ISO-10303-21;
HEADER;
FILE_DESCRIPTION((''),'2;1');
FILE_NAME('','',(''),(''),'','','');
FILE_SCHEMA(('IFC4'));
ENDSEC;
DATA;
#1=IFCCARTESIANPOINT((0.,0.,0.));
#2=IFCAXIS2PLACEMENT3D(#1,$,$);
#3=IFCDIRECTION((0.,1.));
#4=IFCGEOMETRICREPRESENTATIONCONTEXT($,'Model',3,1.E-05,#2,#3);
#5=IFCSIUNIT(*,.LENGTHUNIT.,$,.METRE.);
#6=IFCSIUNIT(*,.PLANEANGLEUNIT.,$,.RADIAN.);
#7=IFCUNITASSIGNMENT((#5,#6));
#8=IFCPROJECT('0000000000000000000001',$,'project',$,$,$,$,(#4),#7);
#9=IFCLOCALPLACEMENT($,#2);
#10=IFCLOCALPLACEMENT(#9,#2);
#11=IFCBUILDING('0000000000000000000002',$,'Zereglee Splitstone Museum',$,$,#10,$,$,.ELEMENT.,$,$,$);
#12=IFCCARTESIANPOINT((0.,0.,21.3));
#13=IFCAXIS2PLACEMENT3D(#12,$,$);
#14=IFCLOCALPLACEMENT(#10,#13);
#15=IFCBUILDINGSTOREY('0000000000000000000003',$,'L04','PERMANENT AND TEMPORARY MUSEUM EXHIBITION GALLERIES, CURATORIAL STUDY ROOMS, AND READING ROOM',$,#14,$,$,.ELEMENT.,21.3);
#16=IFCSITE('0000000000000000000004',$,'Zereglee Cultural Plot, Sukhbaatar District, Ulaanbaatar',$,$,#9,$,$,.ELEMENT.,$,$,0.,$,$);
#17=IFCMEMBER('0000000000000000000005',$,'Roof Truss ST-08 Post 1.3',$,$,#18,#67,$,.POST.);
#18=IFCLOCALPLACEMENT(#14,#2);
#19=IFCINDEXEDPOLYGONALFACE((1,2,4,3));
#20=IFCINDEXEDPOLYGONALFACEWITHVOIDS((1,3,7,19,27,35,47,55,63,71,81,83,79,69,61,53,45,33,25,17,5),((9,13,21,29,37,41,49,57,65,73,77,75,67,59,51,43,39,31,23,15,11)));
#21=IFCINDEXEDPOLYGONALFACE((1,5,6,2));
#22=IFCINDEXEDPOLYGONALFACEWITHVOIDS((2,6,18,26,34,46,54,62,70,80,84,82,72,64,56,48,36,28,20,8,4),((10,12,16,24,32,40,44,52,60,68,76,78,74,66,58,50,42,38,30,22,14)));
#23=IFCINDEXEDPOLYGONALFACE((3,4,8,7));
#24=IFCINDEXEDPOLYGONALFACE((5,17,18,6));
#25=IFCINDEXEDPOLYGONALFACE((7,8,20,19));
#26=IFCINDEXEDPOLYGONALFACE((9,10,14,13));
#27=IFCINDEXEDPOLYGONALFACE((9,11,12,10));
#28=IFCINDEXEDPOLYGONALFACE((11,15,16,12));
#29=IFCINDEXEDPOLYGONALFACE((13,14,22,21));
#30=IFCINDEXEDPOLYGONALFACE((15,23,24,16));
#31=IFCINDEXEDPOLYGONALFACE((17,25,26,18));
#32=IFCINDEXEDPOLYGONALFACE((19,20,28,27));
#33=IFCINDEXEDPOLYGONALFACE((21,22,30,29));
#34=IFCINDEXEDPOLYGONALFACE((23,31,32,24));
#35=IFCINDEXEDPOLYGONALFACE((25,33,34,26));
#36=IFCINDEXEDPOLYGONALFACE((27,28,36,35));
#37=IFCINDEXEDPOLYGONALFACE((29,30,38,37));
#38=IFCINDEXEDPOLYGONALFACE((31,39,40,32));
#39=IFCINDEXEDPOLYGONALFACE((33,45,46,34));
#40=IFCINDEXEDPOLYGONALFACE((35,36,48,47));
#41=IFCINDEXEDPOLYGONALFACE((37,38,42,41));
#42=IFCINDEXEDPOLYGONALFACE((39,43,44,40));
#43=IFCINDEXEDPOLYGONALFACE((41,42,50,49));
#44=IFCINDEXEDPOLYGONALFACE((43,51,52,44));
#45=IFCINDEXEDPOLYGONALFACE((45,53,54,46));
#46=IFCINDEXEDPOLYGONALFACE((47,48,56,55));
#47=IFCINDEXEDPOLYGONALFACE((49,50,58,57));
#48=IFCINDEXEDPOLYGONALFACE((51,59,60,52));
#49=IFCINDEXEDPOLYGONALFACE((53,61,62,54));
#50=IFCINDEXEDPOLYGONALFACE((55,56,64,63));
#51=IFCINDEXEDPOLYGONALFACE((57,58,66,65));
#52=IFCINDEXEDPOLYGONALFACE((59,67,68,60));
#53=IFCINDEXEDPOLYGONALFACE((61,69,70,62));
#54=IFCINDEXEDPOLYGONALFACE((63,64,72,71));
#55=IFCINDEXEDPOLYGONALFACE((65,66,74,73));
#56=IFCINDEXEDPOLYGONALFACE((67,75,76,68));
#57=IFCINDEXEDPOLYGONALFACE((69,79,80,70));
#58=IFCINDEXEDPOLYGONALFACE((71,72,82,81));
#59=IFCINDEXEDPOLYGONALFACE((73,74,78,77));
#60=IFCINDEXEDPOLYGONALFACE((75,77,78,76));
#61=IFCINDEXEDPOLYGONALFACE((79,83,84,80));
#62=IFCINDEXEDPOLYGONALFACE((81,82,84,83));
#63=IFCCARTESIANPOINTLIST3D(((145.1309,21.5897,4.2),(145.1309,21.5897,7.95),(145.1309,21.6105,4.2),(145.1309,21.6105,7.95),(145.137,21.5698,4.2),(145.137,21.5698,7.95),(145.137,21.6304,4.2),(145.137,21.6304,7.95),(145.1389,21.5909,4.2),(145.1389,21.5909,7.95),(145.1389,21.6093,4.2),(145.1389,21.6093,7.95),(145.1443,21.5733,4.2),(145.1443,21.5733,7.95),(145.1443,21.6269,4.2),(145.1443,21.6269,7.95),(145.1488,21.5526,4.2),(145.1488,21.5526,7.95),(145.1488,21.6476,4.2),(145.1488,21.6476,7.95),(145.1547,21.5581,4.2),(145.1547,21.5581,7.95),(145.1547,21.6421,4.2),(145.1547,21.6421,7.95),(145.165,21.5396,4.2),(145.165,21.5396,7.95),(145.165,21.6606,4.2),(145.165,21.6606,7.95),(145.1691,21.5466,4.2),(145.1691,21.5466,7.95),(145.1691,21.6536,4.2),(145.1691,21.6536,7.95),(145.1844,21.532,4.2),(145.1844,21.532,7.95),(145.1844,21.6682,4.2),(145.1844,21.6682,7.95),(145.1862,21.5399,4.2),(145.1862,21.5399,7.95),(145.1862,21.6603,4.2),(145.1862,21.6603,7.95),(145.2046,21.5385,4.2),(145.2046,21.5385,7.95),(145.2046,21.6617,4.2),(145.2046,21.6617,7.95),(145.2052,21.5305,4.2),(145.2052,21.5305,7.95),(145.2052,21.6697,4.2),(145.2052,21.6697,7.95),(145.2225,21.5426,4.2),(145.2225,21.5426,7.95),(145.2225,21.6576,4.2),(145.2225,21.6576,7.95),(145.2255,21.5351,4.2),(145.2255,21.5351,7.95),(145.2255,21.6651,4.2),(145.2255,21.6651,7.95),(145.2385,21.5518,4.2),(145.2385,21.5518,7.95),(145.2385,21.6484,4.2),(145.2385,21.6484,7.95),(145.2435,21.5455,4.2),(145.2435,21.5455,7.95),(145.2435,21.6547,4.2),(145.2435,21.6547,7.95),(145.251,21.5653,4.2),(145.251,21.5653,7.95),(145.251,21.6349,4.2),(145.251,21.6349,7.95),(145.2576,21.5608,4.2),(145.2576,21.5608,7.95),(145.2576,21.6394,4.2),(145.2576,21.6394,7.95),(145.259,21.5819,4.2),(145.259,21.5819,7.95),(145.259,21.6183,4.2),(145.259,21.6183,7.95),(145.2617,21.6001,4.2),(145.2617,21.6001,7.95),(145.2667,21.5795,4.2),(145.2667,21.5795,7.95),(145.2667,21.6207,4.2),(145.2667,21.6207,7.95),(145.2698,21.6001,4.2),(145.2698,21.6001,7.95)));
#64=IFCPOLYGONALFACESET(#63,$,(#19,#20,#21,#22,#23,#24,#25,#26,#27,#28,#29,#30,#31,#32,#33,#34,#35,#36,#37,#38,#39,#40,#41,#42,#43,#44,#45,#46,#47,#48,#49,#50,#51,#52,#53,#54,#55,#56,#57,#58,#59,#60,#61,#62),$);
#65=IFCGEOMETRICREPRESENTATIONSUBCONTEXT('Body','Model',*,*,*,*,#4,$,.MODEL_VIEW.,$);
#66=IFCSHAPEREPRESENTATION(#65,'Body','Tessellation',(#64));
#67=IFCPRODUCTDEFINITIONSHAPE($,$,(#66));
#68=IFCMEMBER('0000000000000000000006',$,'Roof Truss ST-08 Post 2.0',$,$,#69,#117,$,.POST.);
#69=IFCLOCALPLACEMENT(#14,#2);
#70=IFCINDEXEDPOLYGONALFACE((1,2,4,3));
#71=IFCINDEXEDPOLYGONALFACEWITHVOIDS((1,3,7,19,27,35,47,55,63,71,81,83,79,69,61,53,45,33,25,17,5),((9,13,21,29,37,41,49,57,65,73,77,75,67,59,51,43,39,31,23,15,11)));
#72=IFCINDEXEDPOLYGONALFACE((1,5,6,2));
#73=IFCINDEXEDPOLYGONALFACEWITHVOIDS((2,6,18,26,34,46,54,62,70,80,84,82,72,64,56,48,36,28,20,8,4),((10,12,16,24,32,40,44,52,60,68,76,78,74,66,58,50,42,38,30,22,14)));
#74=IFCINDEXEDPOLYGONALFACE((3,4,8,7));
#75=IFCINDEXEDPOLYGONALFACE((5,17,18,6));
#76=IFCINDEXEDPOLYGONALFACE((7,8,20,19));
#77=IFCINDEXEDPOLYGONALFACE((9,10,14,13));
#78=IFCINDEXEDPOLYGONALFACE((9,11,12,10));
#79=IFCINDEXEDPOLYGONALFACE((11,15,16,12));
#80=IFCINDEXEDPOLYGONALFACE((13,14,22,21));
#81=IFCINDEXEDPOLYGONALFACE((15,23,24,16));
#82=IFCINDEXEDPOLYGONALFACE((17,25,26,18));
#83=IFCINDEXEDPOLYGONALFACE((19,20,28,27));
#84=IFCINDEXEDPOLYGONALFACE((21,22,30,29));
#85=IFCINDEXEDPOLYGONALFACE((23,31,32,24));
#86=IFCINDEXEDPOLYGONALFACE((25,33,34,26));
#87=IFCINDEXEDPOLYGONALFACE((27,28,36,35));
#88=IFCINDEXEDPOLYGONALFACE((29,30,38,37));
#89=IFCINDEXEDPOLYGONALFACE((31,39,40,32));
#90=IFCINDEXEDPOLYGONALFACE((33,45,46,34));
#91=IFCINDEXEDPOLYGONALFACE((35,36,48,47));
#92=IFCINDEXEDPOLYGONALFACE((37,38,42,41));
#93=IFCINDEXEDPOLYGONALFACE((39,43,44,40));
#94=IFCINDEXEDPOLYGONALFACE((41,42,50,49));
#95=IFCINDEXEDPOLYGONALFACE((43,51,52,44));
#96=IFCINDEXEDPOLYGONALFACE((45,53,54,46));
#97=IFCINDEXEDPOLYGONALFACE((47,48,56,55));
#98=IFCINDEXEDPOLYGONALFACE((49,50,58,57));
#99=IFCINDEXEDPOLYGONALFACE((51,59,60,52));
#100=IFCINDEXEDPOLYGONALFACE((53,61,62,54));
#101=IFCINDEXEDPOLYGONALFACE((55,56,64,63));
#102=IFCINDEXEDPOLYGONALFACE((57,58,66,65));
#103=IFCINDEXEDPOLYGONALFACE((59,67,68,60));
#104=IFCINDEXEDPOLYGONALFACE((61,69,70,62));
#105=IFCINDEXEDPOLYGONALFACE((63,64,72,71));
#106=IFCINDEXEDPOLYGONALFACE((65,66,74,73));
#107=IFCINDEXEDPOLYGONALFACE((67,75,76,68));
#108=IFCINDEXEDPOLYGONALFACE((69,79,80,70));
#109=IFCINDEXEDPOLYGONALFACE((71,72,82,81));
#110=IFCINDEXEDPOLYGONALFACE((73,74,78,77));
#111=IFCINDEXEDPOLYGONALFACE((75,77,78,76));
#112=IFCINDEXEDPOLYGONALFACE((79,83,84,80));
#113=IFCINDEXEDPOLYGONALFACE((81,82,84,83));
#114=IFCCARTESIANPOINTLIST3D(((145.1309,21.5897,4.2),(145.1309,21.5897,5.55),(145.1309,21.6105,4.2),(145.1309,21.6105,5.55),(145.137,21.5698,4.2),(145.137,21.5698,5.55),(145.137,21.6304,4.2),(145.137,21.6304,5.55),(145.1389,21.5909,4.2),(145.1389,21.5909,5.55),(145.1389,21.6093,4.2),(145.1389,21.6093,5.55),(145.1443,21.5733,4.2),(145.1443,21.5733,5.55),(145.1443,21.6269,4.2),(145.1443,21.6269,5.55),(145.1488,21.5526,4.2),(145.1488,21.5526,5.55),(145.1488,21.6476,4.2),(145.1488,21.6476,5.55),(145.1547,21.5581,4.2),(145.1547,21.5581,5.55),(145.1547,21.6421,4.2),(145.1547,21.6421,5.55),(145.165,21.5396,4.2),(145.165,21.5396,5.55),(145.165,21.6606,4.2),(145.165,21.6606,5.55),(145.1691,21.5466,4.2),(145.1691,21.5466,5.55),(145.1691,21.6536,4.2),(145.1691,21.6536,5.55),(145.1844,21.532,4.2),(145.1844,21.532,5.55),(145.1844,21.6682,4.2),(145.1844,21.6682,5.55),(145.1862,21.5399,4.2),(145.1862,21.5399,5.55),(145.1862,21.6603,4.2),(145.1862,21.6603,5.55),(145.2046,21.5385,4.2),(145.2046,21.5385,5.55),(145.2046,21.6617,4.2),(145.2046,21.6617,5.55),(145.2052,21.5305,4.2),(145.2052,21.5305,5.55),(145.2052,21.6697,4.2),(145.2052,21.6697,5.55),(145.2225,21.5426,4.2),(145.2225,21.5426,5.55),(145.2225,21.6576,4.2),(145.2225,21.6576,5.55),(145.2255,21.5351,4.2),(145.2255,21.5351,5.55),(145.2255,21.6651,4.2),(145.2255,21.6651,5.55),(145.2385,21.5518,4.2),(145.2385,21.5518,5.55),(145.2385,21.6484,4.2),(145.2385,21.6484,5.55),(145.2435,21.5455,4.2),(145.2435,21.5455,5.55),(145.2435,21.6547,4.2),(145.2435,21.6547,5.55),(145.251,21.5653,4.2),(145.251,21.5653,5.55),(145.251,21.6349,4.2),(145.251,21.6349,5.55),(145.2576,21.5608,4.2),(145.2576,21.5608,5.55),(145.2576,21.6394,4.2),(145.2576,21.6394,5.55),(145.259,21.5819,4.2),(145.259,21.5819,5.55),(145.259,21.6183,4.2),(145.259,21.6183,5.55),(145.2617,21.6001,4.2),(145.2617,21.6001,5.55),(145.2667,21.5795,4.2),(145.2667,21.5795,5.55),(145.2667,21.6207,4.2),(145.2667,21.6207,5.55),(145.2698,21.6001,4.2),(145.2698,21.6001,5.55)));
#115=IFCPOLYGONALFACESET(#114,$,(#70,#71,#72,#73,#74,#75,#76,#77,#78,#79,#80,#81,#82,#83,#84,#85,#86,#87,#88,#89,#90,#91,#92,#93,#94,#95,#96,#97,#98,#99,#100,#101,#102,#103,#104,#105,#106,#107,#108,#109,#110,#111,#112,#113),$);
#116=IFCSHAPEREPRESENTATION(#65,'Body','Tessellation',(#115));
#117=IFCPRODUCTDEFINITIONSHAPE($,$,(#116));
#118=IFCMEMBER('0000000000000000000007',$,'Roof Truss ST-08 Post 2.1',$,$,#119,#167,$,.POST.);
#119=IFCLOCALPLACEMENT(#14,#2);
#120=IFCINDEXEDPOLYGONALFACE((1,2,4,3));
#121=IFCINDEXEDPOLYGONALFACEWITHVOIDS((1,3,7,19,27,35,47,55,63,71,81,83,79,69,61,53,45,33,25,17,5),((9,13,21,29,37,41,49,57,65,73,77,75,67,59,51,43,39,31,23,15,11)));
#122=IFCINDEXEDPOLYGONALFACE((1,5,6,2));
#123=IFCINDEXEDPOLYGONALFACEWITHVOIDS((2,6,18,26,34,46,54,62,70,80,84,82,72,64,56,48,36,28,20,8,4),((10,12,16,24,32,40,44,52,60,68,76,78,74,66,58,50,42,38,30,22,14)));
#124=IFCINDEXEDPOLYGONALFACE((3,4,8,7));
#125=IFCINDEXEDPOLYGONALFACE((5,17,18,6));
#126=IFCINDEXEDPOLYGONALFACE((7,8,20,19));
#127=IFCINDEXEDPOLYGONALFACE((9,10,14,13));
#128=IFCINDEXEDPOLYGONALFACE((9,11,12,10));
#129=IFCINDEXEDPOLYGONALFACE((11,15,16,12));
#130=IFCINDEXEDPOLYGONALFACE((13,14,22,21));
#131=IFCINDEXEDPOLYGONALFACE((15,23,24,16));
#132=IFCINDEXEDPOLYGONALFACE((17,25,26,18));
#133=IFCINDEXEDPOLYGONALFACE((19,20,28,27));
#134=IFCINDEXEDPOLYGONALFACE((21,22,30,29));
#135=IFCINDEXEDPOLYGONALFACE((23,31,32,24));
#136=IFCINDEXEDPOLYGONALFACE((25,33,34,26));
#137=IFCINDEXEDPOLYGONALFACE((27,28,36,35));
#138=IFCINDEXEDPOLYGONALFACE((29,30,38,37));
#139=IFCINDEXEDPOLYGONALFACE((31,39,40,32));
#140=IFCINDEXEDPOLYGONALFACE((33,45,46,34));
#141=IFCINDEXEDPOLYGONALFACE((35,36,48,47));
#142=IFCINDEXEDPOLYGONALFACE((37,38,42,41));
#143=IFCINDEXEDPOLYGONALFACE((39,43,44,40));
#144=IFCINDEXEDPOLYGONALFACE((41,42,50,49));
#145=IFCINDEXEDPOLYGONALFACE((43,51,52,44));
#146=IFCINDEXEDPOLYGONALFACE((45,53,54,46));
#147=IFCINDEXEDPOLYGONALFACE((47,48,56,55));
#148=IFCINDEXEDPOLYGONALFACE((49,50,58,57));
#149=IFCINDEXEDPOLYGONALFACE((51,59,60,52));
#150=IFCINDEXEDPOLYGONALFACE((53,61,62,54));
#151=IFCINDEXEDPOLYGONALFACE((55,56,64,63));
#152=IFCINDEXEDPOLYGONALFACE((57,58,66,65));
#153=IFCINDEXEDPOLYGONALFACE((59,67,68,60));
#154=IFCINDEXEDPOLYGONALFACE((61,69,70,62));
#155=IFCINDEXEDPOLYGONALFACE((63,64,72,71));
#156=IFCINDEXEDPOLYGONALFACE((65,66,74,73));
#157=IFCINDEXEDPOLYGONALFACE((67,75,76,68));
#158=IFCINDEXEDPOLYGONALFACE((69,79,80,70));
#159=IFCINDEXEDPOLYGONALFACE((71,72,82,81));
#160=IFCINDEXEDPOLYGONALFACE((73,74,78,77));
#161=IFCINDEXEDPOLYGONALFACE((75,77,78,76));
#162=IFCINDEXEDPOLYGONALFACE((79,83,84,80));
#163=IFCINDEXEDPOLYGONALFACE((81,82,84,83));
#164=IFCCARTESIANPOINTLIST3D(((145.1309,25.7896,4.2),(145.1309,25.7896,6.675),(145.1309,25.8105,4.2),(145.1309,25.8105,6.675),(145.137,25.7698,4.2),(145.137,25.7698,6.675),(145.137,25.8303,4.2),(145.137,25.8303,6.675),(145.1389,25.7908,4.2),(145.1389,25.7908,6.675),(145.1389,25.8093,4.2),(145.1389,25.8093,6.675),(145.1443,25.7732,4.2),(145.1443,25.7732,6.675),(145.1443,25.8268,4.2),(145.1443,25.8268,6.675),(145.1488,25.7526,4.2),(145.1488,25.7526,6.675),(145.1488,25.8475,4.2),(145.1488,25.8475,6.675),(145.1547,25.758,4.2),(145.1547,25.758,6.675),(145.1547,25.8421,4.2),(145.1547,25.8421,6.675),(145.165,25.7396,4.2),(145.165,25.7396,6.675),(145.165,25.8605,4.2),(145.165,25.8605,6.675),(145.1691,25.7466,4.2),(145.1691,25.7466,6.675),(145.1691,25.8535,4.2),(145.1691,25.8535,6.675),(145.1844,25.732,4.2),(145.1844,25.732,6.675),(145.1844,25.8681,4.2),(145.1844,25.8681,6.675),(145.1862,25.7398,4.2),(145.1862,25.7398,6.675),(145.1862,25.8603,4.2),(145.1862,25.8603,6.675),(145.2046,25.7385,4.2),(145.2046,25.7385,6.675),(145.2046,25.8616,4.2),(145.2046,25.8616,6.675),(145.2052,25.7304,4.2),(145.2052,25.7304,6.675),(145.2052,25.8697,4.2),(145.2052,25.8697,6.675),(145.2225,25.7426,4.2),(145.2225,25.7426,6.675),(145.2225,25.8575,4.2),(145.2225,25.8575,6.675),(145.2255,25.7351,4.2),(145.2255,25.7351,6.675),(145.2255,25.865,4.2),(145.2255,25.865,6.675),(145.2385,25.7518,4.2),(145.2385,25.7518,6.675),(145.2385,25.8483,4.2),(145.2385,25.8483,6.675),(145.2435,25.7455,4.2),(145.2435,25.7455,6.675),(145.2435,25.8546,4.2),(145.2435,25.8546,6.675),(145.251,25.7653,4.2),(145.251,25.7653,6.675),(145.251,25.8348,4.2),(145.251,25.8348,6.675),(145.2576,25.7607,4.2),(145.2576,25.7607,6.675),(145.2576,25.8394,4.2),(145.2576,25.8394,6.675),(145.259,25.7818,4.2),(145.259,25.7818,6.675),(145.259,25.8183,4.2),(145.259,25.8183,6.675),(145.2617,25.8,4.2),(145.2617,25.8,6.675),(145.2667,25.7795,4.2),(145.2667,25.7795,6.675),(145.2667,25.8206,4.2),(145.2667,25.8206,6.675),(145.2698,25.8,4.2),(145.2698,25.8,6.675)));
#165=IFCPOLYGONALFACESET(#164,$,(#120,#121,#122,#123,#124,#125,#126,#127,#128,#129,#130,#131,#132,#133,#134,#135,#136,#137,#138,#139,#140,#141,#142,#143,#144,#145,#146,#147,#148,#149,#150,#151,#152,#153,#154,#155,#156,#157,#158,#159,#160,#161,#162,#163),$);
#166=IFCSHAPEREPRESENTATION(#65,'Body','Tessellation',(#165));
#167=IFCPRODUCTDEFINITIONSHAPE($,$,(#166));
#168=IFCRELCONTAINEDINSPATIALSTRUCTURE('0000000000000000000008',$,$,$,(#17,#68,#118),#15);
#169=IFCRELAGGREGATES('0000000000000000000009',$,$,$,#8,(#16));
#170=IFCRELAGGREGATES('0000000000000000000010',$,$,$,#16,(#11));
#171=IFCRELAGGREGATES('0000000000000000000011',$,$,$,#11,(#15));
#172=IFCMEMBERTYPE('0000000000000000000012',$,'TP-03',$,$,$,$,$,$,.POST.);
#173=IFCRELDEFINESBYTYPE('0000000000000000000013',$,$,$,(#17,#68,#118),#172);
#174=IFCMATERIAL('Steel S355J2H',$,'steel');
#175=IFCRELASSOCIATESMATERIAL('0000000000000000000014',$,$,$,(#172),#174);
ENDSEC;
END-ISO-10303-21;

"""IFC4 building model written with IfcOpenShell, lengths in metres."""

from ifc_helpers import new_model, si_unit, direction, frame, origin, origin_2d, place, context, subcontext, project, spatial, hollow_circle, extrude, material, material_profile, profile_set, type_object, element, save


model = new_model("IFC4")

# Units and contexts
model_context = context("Model", 3, precision=1e-05, world=origin(), true_north=direction((0.0, 1.0)))
body_context = subcontext(model_context, "Body", "Model", "MODEL_VIEW")
ifc_project = project(units=[si_unit("LENGTHUNIT", "METRE"), si_unit("PLANEANGLEUNIT", "RADIAN")], contexts=[model_context])

# Site, building, storey
site_placement = place(None, origin())
site = spatial("IfcSite", under=ifc_project, at=site_placement, Name="Zereglee Cultural Plot, Sukhbaatar District, Ulaanbaatar", CompositionType="ELEMENT", RefElevation=0.0)
building_placement = place(site_placement, origin())
building = spatial("IfcBuilding", under=site, at=building_placement, Name="Zereglee Splitstone Museum", CompositionType="ELEMENT")
storey_placement = place(building_placement, frame((0.0, 0.0, 21.3)))
storey = spatial("IfcBuildingStorey", under=building, at=storey_placement, Name="L04", Description="PERMANENT AND TEMPORARY MUSEUM EXHIBITION GALLERIES, CURATORIAL STUDY ROOMS, AND READING ROOM", CompositionType="ELEMENT", Elevation=21.3)

# Shared definitions
ifc_material_1 = material(Name="Steel S355J2H", Category="steel")

# Members
ifc_material_profile_1 = material_profile(ifc_material_1, hollow_circle(Radius=0.0698, WallThickness=0.0081, at=origin_2d()), Name="CHS 139.7x8")
ifc_profile_set_1 = profile_set([ifc_material_profile_1], Name="Steel S355J2H")
member_type_1 = type_object("IfcMemberType", Name="TP-03", PredefinedType="POST", material=ifc_profile_set_1)
member_1_placement = place(storey_placement, frame((145.2, 21.6001, 4.2), z_axis=(0.0, 0.0, 1.0), x_axis=(1.0, 0.0, 0.0)))
element("IfcMember", 1, at=member_1_placement, inside=storey, type_object=member_type_1, Name="Roof Truss ST-08 Post 1.3", PredefinedType="POST", context=body_context, shape_type="SweptSolid", body=[
    extrude(hollow_circle(Radius=0.0698, WallThickness=0.0081, at=origin_2d()), origin(), (0.0, 0.0, 1.0), 3.75),
])
member_2_placement = place(storey_placement, frame((145.2, 21.6001, 4.2), z_axis=(0.0, 0.0, 1.0), x_axis=(1.0, 0.0, 0.0)))
element("IfcMember", 2, at=member_2_placement, inside=storey, type_object=member_type_1, Name="Roof Truss ST-08 Post 2.0", PredefinedType="POST", context=body_context, shape_type="SweptSolid", body=[
    extrude(hollow_circle(Radius=0.0698, WallThickness=0.0081, at=origin_2d()), origin(), (0.0, 0.0, 1.0), 1.3501),
])
member_3_placement = place(storey_placement, frame((145.2, 25.8, 4.2), z_axis=(0.0, 0.0, 1.0), x_axis=(1.0, 0.0, 0.0)))
element("IfcMember", 3, at=member_3_placement, inside=storey, type_object=member_type_1, Name="Roof Truss ST-08 Post 2.1", PredefinedType="POST", context=body_context, shape_type="SweptSolid", body=[
    extrude(hollow_circle(Radius=0.0698, WallThickness=0.0081, at=origin_2d()), origin(), (0.0, 0.0, 1.0), 2.4751),
])

save(model, "model.ifc")
